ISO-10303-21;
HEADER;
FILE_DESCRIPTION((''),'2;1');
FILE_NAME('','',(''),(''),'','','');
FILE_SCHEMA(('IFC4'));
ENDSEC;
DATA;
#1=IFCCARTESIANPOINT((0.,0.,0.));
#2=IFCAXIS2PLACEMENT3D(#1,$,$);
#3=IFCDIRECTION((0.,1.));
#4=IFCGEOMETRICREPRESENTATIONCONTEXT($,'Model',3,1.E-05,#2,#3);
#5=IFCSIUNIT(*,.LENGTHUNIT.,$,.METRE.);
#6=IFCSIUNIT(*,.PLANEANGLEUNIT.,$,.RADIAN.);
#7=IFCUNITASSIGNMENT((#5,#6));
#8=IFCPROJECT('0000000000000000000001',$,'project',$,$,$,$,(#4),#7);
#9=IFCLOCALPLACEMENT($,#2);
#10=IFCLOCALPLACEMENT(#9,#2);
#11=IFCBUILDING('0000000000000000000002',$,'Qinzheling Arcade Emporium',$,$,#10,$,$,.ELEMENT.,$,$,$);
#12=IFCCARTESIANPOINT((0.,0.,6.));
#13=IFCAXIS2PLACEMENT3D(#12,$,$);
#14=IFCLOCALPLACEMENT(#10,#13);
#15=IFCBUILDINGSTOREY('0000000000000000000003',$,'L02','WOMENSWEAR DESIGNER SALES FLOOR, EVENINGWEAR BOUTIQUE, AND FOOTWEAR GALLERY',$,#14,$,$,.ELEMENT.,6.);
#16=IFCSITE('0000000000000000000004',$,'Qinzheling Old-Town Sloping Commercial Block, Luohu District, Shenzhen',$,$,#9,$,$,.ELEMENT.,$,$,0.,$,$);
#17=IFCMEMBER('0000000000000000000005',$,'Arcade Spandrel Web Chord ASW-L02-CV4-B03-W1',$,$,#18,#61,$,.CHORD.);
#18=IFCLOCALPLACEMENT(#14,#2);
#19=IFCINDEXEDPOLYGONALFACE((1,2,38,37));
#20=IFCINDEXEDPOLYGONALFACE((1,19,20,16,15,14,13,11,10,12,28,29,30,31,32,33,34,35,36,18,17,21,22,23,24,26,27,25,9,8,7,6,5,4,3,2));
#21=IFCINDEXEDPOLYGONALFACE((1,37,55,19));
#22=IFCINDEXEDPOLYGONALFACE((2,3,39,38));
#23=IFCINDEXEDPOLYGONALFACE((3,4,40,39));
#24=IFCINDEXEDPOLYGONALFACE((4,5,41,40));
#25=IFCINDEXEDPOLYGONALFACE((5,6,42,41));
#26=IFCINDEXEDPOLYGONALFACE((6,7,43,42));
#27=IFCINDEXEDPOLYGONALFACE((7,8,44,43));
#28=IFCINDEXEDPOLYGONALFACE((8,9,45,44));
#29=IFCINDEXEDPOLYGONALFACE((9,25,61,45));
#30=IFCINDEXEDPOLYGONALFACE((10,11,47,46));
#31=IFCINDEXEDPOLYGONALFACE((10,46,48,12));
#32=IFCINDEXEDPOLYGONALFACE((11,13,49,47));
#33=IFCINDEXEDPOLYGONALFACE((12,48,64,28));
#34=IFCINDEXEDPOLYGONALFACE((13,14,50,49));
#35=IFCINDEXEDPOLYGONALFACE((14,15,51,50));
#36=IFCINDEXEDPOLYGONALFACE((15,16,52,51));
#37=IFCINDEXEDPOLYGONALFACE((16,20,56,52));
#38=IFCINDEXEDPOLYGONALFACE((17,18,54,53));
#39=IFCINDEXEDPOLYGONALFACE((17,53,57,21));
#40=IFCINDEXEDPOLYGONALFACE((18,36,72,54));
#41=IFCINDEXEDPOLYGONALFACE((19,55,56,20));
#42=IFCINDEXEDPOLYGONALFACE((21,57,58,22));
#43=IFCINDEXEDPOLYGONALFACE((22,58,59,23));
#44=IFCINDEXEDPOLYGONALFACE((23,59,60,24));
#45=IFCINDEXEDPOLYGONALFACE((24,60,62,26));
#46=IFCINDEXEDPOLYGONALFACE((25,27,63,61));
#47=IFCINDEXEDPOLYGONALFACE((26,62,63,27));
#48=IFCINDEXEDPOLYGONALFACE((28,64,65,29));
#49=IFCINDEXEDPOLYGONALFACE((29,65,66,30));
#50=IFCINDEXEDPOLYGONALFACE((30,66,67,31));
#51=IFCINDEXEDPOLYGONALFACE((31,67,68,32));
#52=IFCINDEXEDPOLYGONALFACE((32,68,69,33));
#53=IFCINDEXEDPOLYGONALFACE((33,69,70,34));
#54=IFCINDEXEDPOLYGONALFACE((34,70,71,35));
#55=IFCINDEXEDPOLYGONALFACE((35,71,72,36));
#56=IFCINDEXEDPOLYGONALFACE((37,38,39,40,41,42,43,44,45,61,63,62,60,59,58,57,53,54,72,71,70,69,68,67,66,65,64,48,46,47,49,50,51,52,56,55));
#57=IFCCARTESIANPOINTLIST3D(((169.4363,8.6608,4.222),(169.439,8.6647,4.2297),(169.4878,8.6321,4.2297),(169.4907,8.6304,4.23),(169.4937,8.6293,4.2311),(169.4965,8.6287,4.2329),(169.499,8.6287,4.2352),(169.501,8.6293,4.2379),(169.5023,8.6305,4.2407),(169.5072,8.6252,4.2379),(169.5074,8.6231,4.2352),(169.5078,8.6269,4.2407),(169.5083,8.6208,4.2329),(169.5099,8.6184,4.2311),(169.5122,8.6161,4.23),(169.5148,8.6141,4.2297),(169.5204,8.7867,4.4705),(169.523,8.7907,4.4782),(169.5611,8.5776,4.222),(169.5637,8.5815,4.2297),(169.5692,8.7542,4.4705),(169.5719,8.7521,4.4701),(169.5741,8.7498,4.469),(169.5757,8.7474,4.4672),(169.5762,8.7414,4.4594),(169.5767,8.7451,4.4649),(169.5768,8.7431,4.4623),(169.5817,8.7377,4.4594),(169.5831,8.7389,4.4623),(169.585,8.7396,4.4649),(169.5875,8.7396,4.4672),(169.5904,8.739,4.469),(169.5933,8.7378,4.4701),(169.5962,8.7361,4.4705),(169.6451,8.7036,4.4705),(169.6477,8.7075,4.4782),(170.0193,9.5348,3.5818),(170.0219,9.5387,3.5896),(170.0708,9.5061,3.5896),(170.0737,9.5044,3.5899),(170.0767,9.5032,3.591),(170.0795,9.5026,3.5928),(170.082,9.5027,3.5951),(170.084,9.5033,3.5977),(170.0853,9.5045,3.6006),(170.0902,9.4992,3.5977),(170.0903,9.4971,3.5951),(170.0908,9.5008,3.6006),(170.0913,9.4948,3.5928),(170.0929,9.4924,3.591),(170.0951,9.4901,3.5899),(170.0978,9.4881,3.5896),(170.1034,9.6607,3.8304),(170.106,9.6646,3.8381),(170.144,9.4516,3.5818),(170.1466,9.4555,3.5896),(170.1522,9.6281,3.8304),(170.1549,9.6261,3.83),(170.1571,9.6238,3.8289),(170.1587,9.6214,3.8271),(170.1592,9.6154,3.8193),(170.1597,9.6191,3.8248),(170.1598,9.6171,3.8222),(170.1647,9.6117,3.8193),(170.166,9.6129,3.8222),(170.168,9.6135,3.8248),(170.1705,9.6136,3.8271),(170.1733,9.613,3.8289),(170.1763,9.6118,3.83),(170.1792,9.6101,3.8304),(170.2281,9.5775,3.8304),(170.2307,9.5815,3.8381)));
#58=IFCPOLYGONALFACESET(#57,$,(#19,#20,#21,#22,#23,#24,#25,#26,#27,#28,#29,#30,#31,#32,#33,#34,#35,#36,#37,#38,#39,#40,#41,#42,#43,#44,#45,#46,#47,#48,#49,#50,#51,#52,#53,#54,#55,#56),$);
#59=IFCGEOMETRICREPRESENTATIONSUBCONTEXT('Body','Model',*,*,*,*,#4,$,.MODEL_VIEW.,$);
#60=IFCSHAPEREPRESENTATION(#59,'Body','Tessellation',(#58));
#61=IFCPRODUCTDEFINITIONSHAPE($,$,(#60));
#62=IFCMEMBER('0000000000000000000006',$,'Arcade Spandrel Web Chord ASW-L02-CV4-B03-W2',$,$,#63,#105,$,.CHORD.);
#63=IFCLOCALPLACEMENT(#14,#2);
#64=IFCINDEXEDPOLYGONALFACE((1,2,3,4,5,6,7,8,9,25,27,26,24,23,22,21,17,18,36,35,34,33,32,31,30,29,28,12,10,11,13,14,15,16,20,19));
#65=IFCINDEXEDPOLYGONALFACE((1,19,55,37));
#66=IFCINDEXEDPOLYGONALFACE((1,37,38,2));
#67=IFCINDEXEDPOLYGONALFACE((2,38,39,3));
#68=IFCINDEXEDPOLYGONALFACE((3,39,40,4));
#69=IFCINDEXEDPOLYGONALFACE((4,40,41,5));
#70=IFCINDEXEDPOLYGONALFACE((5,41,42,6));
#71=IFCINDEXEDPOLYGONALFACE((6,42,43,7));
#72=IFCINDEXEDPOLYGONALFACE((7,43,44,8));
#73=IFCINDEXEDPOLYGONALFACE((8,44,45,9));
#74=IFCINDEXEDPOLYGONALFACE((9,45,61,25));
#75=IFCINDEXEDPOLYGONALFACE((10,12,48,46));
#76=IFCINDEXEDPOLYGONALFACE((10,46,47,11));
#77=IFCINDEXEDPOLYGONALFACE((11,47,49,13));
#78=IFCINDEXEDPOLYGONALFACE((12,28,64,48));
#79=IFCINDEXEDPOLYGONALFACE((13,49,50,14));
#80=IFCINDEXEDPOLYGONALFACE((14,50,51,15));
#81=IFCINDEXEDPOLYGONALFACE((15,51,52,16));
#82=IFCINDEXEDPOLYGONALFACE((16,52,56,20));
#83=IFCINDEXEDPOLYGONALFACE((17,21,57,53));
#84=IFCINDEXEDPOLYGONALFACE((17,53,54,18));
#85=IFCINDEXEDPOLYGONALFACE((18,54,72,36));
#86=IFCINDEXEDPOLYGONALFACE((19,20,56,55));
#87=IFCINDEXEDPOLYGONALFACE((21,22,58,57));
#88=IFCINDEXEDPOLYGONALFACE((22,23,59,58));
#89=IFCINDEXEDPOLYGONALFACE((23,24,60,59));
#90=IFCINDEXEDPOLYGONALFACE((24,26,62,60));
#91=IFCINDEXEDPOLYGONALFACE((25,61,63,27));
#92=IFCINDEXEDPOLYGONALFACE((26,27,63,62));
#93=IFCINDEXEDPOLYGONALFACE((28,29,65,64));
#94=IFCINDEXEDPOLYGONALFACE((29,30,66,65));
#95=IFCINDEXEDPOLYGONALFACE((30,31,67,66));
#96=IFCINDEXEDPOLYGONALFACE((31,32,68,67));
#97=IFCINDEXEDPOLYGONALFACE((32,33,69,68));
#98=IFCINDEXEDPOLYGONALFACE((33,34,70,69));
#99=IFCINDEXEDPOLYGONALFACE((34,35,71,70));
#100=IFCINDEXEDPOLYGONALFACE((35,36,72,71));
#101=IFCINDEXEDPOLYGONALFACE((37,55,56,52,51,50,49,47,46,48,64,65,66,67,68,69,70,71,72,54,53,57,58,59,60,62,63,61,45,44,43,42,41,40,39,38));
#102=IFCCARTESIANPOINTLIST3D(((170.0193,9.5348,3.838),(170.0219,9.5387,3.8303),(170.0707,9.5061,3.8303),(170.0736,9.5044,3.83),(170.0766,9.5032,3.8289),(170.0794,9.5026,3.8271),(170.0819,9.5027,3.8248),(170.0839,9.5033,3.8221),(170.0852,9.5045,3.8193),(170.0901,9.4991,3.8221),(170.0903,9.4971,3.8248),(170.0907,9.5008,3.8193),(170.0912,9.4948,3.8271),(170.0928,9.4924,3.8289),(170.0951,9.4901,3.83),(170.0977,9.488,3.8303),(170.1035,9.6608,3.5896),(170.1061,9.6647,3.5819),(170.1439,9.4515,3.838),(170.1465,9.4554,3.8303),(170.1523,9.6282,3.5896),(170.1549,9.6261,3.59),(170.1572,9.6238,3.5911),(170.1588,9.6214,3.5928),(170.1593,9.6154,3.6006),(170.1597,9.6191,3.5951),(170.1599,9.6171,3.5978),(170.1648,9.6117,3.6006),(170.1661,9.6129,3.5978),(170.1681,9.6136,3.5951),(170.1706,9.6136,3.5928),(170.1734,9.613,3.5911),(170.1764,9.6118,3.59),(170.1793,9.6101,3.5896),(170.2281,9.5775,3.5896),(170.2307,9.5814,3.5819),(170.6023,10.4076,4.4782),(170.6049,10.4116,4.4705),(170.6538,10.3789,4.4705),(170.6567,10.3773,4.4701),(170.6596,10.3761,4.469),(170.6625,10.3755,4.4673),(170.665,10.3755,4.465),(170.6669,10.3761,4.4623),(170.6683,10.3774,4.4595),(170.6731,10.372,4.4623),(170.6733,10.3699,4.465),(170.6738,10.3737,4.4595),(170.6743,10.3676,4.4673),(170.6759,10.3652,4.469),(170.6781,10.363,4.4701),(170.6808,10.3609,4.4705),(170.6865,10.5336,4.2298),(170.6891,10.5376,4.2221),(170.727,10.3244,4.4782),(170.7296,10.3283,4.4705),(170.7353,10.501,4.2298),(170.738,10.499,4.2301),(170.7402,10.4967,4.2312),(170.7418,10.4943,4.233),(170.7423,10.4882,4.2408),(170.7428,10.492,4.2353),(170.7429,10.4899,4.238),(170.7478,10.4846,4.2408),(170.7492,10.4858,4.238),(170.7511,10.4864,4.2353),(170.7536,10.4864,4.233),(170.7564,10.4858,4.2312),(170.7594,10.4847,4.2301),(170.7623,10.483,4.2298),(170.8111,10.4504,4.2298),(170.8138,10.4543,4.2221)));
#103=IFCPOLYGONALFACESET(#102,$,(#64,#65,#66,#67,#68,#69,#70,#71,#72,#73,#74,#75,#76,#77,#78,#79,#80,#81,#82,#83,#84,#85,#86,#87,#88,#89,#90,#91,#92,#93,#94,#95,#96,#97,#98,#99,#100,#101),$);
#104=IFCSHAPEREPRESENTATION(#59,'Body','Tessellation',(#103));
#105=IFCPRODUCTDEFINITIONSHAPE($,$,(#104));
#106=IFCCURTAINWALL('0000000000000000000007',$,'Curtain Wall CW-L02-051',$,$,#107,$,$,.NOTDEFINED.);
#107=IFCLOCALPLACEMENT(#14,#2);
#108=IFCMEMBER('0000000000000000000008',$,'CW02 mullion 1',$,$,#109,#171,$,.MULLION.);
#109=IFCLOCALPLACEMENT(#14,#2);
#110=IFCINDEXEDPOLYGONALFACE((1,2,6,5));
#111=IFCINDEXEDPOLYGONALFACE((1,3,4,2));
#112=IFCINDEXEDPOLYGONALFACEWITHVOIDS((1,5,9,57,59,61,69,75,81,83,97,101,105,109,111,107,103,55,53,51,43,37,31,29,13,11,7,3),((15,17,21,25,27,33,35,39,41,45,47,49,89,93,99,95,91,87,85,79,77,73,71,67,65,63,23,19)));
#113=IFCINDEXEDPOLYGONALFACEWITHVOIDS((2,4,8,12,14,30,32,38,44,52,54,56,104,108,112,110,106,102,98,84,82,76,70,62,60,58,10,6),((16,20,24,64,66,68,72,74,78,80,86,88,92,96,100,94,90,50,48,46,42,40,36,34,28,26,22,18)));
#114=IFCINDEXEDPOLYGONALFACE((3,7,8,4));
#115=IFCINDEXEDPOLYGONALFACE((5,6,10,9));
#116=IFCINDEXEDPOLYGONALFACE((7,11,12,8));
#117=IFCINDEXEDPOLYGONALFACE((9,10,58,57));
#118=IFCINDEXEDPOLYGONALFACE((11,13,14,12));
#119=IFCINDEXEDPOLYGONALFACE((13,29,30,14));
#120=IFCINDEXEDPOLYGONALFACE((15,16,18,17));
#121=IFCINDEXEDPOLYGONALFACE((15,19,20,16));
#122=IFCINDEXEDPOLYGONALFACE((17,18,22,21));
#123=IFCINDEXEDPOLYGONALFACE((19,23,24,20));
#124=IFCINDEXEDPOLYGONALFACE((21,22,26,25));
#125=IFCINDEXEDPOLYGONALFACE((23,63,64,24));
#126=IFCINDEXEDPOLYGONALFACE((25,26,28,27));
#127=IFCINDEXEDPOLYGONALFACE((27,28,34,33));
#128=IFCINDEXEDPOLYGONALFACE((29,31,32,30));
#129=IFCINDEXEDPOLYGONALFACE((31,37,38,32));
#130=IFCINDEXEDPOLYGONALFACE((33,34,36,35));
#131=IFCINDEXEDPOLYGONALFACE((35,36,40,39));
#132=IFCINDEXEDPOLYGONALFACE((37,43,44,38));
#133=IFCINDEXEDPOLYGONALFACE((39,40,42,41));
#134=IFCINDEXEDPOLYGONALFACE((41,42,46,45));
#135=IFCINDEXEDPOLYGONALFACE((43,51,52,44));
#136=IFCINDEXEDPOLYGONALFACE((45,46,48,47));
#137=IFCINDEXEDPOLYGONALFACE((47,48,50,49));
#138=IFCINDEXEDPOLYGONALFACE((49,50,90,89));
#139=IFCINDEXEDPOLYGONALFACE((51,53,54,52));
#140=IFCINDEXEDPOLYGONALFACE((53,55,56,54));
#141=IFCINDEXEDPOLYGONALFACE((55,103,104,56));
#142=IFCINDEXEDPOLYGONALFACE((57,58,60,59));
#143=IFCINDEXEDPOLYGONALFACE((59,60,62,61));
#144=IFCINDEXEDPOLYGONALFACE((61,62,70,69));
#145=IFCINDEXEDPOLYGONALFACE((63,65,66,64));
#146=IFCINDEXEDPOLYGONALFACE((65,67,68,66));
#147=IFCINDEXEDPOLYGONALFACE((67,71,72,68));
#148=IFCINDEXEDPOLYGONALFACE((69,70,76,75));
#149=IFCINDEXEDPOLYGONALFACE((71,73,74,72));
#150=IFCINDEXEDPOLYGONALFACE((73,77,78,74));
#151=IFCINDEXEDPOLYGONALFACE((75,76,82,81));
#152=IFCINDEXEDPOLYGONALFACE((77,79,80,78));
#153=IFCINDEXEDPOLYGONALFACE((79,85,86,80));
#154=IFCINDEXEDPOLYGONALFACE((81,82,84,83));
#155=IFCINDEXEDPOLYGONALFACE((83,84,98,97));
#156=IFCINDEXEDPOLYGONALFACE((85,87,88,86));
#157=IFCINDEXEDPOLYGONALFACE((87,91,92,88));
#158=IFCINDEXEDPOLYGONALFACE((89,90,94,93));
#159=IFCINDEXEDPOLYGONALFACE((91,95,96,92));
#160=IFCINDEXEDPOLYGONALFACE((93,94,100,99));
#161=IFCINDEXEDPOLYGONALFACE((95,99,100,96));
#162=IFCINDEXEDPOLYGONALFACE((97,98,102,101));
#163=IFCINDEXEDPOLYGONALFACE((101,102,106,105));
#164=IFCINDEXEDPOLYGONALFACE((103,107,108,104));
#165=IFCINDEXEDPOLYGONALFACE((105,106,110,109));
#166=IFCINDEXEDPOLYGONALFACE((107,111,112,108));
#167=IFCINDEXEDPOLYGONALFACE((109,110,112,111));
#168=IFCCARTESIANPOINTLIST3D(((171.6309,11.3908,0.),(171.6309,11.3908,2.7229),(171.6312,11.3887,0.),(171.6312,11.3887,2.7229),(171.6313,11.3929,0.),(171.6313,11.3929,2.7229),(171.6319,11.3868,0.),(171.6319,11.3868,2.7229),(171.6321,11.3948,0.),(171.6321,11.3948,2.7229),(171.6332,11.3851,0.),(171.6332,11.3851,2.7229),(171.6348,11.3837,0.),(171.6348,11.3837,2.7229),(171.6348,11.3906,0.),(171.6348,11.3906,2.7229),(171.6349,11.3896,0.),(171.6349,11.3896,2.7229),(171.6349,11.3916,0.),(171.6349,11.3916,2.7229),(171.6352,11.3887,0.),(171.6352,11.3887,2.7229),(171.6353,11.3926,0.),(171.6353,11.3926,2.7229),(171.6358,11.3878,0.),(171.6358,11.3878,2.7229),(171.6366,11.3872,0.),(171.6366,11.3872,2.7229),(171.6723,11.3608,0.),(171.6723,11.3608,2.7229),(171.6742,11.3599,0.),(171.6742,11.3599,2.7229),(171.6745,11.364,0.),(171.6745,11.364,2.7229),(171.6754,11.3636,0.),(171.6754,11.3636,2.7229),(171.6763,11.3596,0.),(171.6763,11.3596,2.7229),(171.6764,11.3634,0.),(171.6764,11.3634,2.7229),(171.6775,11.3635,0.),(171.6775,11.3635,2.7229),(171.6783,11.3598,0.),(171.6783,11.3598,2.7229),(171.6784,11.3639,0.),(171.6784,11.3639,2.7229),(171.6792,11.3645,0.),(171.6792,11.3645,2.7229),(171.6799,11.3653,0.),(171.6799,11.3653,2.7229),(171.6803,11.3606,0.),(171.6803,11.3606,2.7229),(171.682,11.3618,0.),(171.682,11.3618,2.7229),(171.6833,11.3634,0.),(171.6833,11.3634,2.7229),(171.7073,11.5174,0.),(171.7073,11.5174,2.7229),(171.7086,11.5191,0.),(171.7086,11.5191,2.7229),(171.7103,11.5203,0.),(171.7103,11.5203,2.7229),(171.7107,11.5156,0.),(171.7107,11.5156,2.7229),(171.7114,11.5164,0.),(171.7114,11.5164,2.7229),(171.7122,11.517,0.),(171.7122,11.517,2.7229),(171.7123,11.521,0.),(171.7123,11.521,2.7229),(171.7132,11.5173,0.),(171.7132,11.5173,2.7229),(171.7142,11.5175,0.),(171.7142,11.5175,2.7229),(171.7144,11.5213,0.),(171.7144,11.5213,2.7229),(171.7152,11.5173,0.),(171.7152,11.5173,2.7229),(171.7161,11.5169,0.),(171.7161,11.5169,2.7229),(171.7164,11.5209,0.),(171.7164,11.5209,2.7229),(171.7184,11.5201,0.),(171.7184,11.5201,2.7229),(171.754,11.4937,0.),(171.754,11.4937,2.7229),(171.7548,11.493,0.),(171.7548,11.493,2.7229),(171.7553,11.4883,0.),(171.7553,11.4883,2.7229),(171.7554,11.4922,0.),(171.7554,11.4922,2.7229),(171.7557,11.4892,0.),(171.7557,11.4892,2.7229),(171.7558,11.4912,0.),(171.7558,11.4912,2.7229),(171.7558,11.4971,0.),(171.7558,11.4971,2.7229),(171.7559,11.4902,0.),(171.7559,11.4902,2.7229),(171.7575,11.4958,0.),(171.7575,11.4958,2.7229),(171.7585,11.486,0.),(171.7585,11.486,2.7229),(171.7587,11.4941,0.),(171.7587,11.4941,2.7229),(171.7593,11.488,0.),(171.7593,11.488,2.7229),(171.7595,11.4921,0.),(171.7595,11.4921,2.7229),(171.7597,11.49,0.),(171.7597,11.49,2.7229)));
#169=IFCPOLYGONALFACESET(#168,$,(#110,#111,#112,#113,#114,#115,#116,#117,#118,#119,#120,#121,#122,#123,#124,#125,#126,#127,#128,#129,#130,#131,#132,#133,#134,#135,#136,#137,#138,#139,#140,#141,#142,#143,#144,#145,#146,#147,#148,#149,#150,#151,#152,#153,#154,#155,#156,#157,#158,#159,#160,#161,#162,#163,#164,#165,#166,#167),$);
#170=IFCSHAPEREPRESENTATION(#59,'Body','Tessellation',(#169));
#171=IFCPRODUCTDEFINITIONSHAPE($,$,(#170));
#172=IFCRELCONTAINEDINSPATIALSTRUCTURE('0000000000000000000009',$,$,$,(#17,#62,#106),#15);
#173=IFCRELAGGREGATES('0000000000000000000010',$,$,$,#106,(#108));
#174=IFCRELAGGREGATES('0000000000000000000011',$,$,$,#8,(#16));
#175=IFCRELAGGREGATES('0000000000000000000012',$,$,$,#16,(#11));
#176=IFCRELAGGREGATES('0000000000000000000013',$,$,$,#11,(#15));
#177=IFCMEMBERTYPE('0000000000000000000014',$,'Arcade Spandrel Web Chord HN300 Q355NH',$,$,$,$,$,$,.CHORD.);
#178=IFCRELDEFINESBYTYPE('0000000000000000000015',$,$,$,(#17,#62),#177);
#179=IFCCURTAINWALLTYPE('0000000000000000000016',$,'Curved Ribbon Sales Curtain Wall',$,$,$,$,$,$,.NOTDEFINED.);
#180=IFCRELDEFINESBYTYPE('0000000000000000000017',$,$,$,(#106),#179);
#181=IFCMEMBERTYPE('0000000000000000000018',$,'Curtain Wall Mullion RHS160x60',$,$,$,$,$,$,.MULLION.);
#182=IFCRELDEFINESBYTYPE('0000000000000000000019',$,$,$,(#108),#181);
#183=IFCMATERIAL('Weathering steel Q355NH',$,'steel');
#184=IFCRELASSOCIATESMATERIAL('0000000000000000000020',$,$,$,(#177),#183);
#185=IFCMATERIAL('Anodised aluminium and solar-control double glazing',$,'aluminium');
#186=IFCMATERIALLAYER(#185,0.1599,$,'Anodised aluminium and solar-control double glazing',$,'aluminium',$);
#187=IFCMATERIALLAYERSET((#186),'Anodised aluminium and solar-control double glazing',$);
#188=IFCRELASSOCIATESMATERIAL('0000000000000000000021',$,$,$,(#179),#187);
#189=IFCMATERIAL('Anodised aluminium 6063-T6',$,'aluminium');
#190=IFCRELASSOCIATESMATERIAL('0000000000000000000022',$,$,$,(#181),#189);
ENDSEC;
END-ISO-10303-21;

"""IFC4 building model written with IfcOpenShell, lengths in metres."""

from ifc_helpers import new_model, si_unit, direction, frame, origin, origin_2d, place, context, subcontext, project, spatial, hollow_rectangle, i_section, extrude, material, layer, layer_set, material_profile, profile_set, type_object, element, aggregate, save


model = new_model("IFC4")

# Units and contexts
model_context = context("Model", 3, precision=1e-05, world=origin(), true_north=direction((0.0, 1.0)))
body_context = subcontext(model_context, "Body", "Model", "MODEL_VIEW")
ifc_project = project(units=[si_unit("LENGTHUNIT", "METRE"), si_unit("PLANEANGLEUNIT", "RADIAN")], contexts=[model_context])

# Site, building, storey
site_placement = place(None, origin())
site = spatial("IfcSite", under=ifc_project, at=site_placement, Name="Qinzheling Old-Town Sloping Commercial Block, Luohu District, Shenzhen", CompositionType="ELEMENT", RefElevation=0.0)
building_placement = place(site_placement, origin())
building = spatial("IfcBuilding", under=site, at=building_placement, Name="Qinzheling Arcade Emporium", CompositionType="ELEMENT")
storey_placement = place(building_placement, frame((0.0, 0.0, 6.0)))
storey = spatial("IfcBuildingStorey", under=building, at=storey_placement, Name="L02", Description="WOMENSWEAR DESIGNER SALES FLOOR, EVENINGWEAR BOUTIQUE, AND FOOTWEAR GALLERY", CompositionType="ELEMENT", Elevation=6.0)

# Shared definitions
ifc_material_1 = material(Name="Weathering steel Q355NH", Category="steel")

# Members
ifc_material_profile_1 = material_profile(ifc_material_1, i_section(OverallWidth=0.1499, OverallDepth=0.3, WebThickness=0.0066, FlangeThickness=0.009, FilletRadius=0.0129, at=origin_2d()), Name="HN 300x150x6.5x9", Category="steel")
ifc_profile_set_1 = profile_set([ifc_material_profile_1], Name="Weathering steel Q355NH")
member_type_1 = type_object("IfcMemberType", Name="Arcade Spandrel Web Chord HN300 Q355NH", PredefinedType="CHORD", material=ifc_profile_set_1)
member_1_placement = place(storey_placement, frame((170.125, 9.5581, 3.71), z_axis=(-0.473882, -0.710426, 0.520318), x_axis=(0.831907, -0.554915, 0.0)))
element("IfcMember", 1, at=member_1_placement, inside=storey, type_object=member_type_1, Name="Arcade Spandrel Web Chord ASW-L02-CV4-B03-W1", PredefinedType="CHORD", context=body_context, shape_type="SweptSolid", body=[
    extrude(i_section(OverallWidth=0.1499, OverallDepth=0.3, WebThickness=0.0066, FlangeThickness=0.009, FilletRadius=0.0129, at=origin_2d()), origin(), (0.0, 0.0, 1.0), 1.2302),
])
member_2_placement = place(storey_placement, frame((170.125, 9.5581, 3.71), z_axis=(0.474216, 0.709934, 0.520685), x_axis=(-0.831549, 0.555451, 0.0)))
element("IfcMember", 2, at=member_2_placement, inside=storey, type_object=member_type_1, Name="Arcade Spandrel Web Chord ASW-L02-CV4-B03-W2", PredefinedType="CHORD", context=body_context, shape_type="SweptSolid", body=[
    extrude(i_section(OverallWidth=0.1499, OverallDepth=0.3, WebThickness=0.0066, FlangeThickness=0.009, FilletRadius=0.0129, at=origin_2d()), origin(), (0.0, 0.0, 1.0), 1.2295),
])

# Curtain wall, member
ifc_material_2 = material(Name="Anodised aluminium and solar-control double glazing", Category="aluminium")
ifc_layer_1 = layer(ifc_material_2, 0.1599, Name="Anodised aluminium and solar-control double glazing", Category="aluminium")
ifc_layer_set_1 = layer_set([ifc_layer_1], Name="Anodised aluminium and solar-control double glazing")
curtain_wall_type = type_object("IfcCurtainWallType", Name="Curved Ribbon Sales Curtain Wall", PredefinedType="NOTDEFINED", material=ifc_layer_set_1)
curtain_wall_1_placement = place(storey_placement, origin())
curtain_wall_1 = element("IfcCurtainWall", 3, at=curtain_wall_1_placement, inside=storey, type_object=curtain_wall_type, Name="Curtain Wall CW-L02-051", PredefinedType="NOTDEFINED")
ifc_material_3 = material(Name="Anodised aluminium 6063-T6", Category="aluminium")
ifc_material_profile_2 = material_profile(ifc_material_3, hollow_rectangle(XDim=0.0601, YDim=0.1599, WallThickness=0.0039, InnerFilletRadius=0.0039, OuterFilletRadius=0.0081, at=origin_2d()), Name="RHS 160x60x4", Category="aluminium")
ifc_profile_set_2 = profile_set([ifc_material_profile_2], Name="Anodised aluminium 6063-T6")
member_type_2 = type_object("IfcMemberType", Name="Curtain Wall Mullion RHS160x60", PredefinedType="MULLION", material=ifc_profile_set_2)
member_3_placement = place(storey_placement, frame((171.6953, 11.4404, 0.0), z_axis=(0.0, 0.0, 1.0), x_axis=(0.852553, -0.52264, 0.0)))
member_3 = element("IfcMember", 4, at=member_3_placement, type_object=member_type_2, Name="CW02 mullion 1", PredefinedType="MULLION", context=body_context, shape_type="SweptSolid", body=[
    extrude(hollow_rectangle(XDim=0.0601, YDim=0.1599, WallThickness=0.0039, InnerFilletRadius=0.0039, OuterFilletRadius=0.0081, at=origin_2d()), origin(), (0.0, 0.0, 1.0), 2.7229),
])

aggregate(curtain_wall_1, [member_3])

save(model, "model.ifc")
